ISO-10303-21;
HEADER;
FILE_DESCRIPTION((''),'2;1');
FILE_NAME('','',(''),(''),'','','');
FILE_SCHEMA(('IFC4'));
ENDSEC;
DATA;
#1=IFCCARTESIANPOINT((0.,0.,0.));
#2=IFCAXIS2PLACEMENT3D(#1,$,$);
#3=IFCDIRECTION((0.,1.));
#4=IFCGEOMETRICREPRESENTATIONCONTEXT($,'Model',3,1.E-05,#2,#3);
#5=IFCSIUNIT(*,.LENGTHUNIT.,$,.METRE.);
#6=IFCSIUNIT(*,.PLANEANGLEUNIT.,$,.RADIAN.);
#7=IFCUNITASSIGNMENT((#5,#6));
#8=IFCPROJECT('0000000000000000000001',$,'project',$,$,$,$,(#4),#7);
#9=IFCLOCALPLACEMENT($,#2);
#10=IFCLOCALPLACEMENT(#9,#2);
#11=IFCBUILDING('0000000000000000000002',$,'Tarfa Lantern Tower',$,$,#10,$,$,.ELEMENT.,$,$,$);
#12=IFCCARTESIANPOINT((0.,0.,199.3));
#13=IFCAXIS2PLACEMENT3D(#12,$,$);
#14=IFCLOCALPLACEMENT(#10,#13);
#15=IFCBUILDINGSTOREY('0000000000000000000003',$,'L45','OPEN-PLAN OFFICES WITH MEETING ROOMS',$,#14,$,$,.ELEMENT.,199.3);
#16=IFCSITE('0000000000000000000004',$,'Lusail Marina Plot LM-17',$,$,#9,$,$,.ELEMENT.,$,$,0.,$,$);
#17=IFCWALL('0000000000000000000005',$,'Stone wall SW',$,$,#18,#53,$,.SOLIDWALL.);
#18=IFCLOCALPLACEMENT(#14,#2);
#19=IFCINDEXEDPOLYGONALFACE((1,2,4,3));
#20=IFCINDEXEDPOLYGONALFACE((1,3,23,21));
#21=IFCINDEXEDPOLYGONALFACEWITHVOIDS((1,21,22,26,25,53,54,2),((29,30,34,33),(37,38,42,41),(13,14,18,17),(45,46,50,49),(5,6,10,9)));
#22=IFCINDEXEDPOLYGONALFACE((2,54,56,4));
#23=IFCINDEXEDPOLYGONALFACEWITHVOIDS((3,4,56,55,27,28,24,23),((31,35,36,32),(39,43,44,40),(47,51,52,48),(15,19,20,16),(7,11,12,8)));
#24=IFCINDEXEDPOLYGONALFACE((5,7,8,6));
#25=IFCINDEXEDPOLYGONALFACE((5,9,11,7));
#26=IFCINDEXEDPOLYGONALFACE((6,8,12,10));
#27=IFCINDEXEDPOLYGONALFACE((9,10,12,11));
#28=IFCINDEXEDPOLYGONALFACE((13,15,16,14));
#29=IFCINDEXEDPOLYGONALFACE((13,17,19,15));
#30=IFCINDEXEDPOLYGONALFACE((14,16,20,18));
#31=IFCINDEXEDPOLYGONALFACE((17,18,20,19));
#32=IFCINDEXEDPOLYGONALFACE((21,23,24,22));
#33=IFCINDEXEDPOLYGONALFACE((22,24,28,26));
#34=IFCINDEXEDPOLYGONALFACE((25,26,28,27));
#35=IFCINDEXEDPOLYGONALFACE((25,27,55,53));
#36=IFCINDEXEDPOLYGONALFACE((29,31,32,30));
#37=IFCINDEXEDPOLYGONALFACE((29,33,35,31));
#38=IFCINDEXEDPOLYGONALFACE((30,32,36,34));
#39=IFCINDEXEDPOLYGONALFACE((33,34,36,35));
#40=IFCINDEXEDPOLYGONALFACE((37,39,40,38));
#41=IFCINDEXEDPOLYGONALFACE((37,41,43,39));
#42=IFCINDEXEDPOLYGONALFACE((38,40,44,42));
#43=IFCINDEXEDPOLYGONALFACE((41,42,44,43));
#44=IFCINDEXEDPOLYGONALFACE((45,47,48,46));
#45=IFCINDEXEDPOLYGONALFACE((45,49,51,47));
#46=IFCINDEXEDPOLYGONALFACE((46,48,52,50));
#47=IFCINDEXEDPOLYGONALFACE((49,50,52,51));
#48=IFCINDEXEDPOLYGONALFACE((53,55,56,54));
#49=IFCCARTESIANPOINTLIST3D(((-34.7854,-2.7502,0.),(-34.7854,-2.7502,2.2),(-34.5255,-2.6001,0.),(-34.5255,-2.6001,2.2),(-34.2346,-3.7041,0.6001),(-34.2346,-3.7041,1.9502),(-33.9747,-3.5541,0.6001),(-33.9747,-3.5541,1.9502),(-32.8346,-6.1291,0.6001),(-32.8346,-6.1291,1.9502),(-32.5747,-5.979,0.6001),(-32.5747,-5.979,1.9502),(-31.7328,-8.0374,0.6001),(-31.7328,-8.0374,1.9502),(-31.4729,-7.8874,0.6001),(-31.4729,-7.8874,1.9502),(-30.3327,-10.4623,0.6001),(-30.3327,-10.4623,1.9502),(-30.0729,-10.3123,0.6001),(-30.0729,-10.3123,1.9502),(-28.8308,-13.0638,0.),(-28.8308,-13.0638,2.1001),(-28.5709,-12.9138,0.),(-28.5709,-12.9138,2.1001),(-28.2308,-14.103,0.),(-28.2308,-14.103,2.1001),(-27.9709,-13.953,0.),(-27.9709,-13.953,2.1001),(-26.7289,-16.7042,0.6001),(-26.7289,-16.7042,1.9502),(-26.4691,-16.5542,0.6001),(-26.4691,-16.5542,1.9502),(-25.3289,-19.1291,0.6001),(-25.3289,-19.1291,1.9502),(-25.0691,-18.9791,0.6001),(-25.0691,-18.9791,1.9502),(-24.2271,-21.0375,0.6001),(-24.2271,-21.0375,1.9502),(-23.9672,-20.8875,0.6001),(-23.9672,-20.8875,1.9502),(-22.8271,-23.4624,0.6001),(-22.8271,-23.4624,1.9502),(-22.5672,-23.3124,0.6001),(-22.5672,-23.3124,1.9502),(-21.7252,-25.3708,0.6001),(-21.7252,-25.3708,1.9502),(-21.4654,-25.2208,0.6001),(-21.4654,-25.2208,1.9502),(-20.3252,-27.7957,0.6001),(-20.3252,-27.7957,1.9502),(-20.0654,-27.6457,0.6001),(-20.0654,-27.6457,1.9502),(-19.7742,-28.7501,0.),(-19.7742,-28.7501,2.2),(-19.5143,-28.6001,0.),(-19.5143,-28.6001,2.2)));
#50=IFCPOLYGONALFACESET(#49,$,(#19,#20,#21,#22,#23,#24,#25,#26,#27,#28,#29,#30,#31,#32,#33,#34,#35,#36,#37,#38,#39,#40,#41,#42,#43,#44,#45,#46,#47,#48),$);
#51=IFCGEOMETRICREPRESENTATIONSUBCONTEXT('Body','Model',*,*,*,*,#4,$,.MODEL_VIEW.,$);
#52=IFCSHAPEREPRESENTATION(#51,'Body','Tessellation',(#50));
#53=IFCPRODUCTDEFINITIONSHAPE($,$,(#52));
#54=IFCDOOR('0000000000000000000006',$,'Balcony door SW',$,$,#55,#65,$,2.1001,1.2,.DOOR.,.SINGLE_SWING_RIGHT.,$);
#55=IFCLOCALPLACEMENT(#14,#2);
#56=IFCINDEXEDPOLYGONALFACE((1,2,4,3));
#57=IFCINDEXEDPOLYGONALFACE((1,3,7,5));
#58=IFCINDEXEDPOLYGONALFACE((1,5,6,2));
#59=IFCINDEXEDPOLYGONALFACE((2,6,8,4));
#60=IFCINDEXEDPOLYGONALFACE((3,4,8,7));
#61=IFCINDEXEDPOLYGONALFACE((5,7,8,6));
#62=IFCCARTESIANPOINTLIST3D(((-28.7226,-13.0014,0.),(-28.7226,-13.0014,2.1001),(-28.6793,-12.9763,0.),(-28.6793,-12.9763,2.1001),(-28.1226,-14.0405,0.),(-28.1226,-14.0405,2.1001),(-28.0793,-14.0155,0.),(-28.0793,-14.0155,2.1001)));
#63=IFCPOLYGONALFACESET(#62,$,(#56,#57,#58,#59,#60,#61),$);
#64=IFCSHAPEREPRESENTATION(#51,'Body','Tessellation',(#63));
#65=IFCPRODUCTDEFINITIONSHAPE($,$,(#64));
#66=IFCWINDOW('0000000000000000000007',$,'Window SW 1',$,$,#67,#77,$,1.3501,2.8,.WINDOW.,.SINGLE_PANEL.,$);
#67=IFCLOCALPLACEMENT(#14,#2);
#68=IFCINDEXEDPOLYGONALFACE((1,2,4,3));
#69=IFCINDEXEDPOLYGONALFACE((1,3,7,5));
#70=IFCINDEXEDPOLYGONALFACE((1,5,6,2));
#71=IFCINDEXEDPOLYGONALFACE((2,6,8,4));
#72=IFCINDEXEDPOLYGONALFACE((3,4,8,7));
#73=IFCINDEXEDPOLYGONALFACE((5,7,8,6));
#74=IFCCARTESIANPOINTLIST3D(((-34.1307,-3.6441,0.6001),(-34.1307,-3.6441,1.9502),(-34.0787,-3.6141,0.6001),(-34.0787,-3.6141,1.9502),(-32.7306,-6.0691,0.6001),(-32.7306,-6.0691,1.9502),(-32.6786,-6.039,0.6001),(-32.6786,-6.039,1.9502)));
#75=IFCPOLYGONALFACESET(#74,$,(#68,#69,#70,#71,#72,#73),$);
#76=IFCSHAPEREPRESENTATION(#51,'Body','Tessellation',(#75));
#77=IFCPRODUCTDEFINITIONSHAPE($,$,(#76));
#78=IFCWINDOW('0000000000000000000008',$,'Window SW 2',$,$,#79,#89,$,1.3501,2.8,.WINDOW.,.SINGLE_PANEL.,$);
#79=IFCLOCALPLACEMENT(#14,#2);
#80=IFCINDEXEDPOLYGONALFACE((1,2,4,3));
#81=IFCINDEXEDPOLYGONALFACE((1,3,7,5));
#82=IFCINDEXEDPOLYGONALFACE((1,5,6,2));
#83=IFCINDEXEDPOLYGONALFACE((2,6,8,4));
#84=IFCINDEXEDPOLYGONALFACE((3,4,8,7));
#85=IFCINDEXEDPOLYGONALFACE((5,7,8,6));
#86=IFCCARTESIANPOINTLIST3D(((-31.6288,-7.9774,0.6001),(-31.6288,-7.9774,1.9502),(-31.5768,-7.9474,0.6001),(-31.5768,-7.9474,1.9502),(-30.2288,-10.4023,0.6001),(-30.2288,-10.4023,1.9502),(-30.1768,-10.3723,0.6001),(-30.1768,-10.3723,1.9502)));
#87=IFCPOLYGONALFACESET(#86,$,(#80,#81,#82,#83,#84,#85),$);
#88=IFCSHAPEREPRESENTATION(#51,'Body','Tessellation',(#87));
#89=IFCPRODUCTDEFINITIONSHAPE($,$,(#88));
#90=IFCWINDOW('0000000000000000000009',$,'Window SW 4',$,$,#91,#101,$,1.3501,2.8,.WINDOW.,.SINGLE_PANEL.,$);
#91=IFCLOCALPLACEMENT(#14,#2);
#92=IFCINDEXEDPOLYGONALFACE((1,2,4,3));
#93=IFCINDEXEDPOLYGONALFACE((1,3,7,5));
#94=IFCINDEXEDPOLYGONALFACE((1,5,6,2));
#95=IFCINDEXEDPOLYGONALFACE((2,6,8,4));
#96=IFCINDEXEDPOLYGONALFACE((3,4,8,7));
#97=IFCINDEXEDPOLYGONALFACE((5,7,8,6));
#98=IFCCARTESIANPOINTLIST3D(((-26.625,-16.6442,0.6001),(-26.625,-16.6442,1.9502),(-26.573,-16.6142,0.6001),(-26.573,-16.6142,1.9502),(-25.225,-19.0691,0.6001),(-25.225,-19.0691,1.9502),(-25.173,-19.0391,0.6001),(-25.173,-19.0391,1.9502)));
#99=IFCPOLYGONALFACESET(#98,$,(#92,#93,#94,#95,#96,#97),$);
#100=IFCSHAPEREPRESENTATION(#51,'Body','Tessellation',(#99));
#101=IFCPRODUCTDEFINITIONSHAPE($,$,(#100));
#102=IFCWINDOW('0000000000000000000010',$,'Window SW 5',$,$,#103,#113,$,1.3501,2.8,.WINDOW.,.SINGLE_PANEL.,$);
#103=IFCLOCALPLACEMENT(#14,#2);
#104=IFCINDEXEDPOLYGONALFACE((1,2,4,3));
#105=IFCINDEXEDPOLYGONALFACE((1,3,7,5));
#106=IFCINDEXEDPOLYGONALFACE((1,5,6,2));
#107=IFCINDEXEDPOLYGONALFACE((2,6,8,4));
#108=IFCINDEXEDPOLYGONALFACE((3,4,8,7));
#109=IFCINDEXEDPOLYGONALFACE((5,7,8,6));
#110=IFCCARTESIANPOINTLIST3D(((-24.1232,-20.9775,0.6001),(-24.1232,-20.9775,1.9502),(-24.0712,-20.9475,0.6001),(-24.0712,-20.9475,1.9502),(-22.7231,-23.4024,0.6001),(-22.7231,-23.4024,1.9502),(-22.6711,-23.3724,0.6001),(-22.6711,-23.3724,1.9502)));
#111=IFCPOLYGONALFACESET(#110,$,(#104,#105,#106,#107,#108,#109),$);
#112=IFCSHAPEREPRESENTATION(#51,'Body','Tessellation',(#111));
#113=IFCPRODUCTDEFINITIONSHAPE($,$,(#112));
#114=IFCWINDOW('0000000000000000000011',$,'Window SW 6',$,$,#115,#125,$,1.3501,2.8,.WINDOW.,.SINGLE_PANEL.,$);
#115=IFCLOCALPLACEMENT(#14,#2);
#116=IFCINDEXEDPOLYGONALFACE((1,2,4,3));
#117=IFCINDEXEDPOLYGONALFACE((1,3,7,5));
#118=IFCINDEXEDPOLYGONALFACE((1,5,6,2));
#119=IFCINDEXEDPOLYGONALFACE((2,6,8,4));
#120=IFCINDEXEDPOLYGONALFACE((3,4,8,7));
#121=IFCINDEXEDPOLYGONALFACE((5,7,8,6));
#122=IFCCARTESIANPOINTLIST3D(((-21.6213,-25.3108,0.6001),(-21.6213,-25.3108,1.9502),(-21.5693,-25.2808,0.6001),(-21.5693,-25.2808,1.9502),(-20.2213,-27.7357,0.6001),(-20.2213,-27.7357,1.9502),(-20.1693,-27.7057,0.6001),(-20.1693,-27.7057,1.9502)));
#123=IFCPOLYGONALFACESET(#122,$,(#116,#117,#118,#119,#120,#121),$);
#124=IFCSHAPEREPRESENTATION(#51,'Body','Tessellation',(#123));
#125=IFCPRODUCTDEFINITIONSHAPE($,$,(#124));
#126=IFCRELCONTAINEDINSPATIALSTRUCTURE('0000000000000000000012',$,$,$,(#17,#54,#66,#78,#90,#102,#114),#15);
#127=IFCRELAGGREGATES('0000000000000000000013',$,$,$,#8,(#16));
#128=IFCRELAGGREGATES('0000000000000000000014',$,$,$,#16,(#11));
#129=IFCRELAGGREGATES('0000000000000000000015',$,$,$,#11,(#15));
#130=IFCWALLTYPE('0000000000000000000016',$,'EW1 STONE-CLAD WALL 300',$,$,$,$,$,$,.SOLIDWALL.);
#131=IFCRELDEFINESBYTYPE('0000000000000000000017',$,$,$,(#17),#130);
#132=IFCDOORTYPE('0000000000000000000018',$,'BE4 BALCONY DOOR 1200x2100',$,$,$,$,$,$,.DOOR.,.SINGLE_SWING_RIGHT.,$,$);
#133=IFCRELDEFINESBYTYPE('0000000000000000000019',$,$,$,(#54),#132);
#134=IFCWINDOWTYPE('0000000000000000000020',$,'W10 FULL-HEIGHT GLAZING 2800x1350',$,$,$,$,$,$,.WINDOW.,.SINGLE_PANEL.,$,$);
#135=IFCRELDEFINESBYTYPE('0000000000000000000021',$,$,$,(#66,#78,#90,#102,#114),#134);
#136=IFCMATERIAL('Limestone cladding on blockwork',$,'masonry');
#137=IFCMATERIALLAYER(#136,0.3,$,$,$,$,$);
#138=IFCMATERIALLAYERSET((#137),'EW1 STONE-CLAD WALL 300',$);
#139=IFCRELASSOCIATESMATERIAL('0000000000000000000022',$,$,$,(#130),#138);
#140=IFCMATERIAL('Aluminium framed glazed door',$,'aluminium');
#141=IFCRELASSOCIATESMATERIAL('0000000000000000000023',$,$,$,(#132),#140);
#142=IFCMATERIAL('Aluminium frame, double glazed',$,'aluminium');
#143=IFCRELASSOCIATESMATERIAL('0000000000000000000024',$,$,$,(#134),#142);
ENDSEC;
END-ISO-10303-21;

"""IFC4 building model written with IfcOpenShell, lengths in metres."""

from ifc_helpers import new_model, si_unit, direction, frame, frame_2d, origin, place, context, subcontext, project, spatial, rectangle, extrude, material, layer, layer_set, type_object, element, fill, save


model = new_model("IFC4")

# Units and contexts
model_context = context("Model", 3, precision=1e-05, world=origin(), true_north=direction((0.0, 1.0)))
body_context = subcontext(model_context, "Body", "Model", "MODEL_VIEW")
ifc_project = project(units=[si_unit("LENGTHUNIT", "METRE"), si_unit("PLANEANGLEUNIT", "RADIAN")], contexts=[model_context])

# Site, building, storey
site_placement = place(None, origin())
site = spatial("IfcSite", under=ifc_project, at=site_placement, Name="Lusail Marina Plot LM-17", CompositionType="ELEMENT", RefElevation=0.0)
building_placement = place(site_placement, origin())
building = spatial("IfcBuilding", under=site, at=building_placement, Name="Tarfa Lantern Tower", CompositionType="ELEMENT")
storey_placement = place(building_placement, frame((0.0, 0.0, 199.3)))
storey = spatial("IfcBuildingStorey", under=building, at=storey_placement, Name="L45", Description="OPEN-PLAN OFFICES WITH MEETING ROOMS", CompositionType="ELEMENT", Elevation=199.3)

# Wall, openings, door, windows
ifc_material_1 = material(Name="Limestone cladding on blockwork", Category="masonry")
ifc_layer = layer(ifc_material_1, 0.3)
ifc_layer_set = layer_set([ifc_layer], Name="EW1 STONE-CLAD WALL 300")
wall_type = type_object("IfcWallType", Name="EW1 STONE-CLAD WALL 300", PredefinedType="SOLIDWALL", material=ifc_layer_set)
wall_placement = place(storey_placement, frame((-34.6555, -2.675, 0.0), z_axis=(0.0, 0.0, 1.0), x_axis=(0.500003, -0.866024, 0.0)))
wall = element("IfcWall", 1, at=wall_placement, inside=storey, type_object=wall_type, Name="Stone wall SW", PredefinedType="SOLIDWALL", context=body_context, shape_type="SweptSolid", body=[
    extrude(rectangle(XDim=30.0222, YDim=0.3, at=frame_2d((15.0112, 0.0))), origin(), (0.0, 0.0, 1.0), 2.2),
])
opening_1_placement = place(wall_placement, frame((1.1018, 0.0, 0.6001)))
opening_1 = element("IfcOpeningElement", 2, at=opening_1_placement, cuts=wall, PredefinedType="OPENING", context=body_context, shape_type="SweptSolid", body=[
    extrude(rectangle(XDim=2.8, YDim=1.3501, at=frame_2d((1.3999, 0.675))), frame((0.0, 0.1599, 0.0), z_axis=(0.0, -1.0, 0.0), x_axis=(1.0, 0.0, 0.0)), (0.0, 0.0, 1.0), 0.3201),
])
opening_2_placement = place(wall_placement, frame((6.1055, 0.0, 0.6001)))
opening_2 = element("IfcOpeningElement", 3, at=opening_2_placement, cuts=wall, PredefinedType="OPENING", context=body_context, shape_type="SweptSolid", body=[
    extrude(rectangle(XDim=2.8, YDim=1.3501, at=frame_2d((1.3999, 0.675))), frame((0.0, 0.1599, 0.0), z_axis=(0.0, -1.0, 0.0), x_axis=(1.0, 0.0, 0.0)), (0.0, 0.0, 1.0), 0.3201),
])
opening_3_placement = place(wall_placement, frame((11.9092, 0.0, 0.0)))
opening_3 = element("IfcOpeningElement", 4, at=opening_3_placement, cuts=wall, PredefinedType="OPENING", context=body_context, shape_type="SweptSolid", body=[
    extrude(rectangle(XDim=1.2, YDim=2.1001, at=frame_2d((0.6001, 1.05))), frame((0.0, 0.1599, 0.0), z_axis=(0.0, -1.0, 0.0), x_axis=(1.0, 0.0, 0.0)), (0.0, 0.0, 1.0), 0.3201),
])
opening_4_placement = place(wall_placement, frame((16.113, 0.0, 0.6001)))
opening_4 = element("IfcOpeningElement", 5, at=opening_4_placement, cuts=wall, PredefinedType="OPENING", context=body_context, shape_type="SweptSolid", body=[
    extrude(rectangle(XDim=2.8, YDim=1.3501, at=frame_2d((1.3999, 0.675))), frame((0.0, 0.1599, 0.0), z_axis=(0.0, -1.0, 0.0), x_axis=(1.0, 0.0, 0.0)), (0.0, 0.0, 1.0), 0.3201),
])
opening_5_placement = place(wall_placement, frame((21.1167, 0.0, 0.6001)))
opening_5 = element("IfcOpeningElement", 6, at=opening_5_placement, cuts=wall, PredefinedType="OPENING", context=body_context, shape_type="SweptSolid", body=[
    extrude(rectangle(XDim=2.8, YDim=1.3501, at=frame_2d((1.3999, 0.675))), frame((0.0, 0.1599, 0.0), z_axis=(0.0, -1.0, 0.0), x_axis=(1.0, 0.0, 0.0)), (0.0, 0.0, 1.0), 0.3201),
])
opening_6_placement = place(wall_placement, frame((26.1204, 0.0, 0.6001)))
opening_6 = element("IfcOpeningElement", 7, at=opening_6_placement, cuts=wall, PredefinedType="OPENING", context=body_context, shape_type="SweptSolid", body=[
    extrude(rectangle(XDim=2.8, YDim=1.3501, at=frame_2d((1.3999, 0.675))), frame((0.0, 0.1599, 0.0), z_axis=(0.0, -1.0, 0.0), x_axis=(1.0, 0.0, 0.0)), (0.0, 0.0, 1.0), 0.3201),
])
ifc_material_2 = material(Name="Aluminium framed glazed door", Category="aluminium")
door_type = type_object("IfcDoorType", Name="BE4 BALCONY DOOR 1200x2100", OperationType="SINGLE_SWING_RIGHT", PredefinedType="DOOR", material=ifc_material_2)
door_placement = place(opening_3_placement, origin())
door = element("IfcDoor", 8, at=door_placement, inside=storey, type_object=door_type, Name="Balcony door SW", OperationType="SINGLE_SWING_RIGHT", OverallHeight=2.1001, OverallWidth=1.2, PredefinedType="DOOR", context=body_context, shape_type="SweptSolid", body=[
    extrude(rectangle(XDim=1.2, YDim=2.1001, at=frame_2d((0.6001, 1.05))), frame((0.0, 0.0249, 0.0), z_axis=(0.0, -1.0, 0.0), x_axis=(1.0, 0.0, 0.0)), (0.0, 0.0, 1.0), 0.05),
])
fill(opening_3, door)
ifc_material_3 = material(Name="Aluminium frame, double glazed", Category="aluminium")
window_type = type_object("IfcWindowType", Name="W10 FULL-HEIGHT GLAZING 2800x1350", PartitioningType="SINGLE_PANEL", PredefinedType="WINDOW", material=ifc_material_3)
window_1_placement = place(opening_1_placement, origin())
window_1 = element("IfcWindow", 9, at=window_1_placement, inside=storey, type_object=window_type, Name="Window SW 1", OverallHeight=1.3501, OverallWidth=2.8, PartitioningType="SINGLE_PANEL", PredefinedType="WINDOW", context=body_context, shape_type="SweptSolid", body=[
    extrude(rectangle(XDim=2.8, YDim=1.3501, at=frame_2d((1.3999, 0.675))), frame((0.0, 0.03, 0.0), z_axis=(0.0, -1.0, 0.0), x_axis=(1.0, 0.0, 0.0)), (0.0, 0.0, 1.0), 0.0601),
])
fill(opening_1, window_1)
window_2_placement = place(opening_2_placement, origin())
window_2 = element("IfcWindow", 10, at=window_2_placement, inside=storey, type_object=window_type, Name="Window SW 2", OverallHeight=1.3501, OverallWidth=2.8, PartitioningType="SINGLE_PANEL", PredefinedType="WINDOW", context=body_context, shape_type="SweptSolid", body=[
    extrude(rectangle(XDim=2.8, YDim=1.3501, at=frame_2d((1.3999, 0.675))), frame((0.0, 0.03, 0.0), z_axis=(0.0, -1.0, 0.0), x_axis=(1.0, 0.0, 0.0)), (0.0, 0.0, 1.0), 0.0601),
])
fill(opening_2, window_2)
window_3_placement = place(opening_4_placement, origin())
window_3 = element("IfcWindow", 11, at=window_3_placement, inside=storey, type_object=window_type, Name="Window SW 4", OverallHeight=1.3501, OverallWidth=2.8, PartitioningType="SINGLE_PANEL", PredefinedType="WINDOW", context=body_context, shape_type="SweptSolid", body=[
    extrude(rectangle(XDim=2.8, YDim=1.3501, at=frame_2d((1.3999, 0.675))), frame((0.0, 0.03, 0.0), z_axis=(0.0, -1.0, 0.0), x_axis=(1.0, 0.0, 0.0)), (0.0, 0.0, 1.0), 0.0601),
])
fill(opening_4, window_3)
window_4_placement = place(opening_5_placement, origin())
window_4 = element("IfcWindow", 12, at=window_4_placement, inside=storey, type_object=window_type, Name="Window SW 5", OverallHeight=1.3501, OverallWidth=2.8, PartitioningType="SINGLE_PANEL", PredefinedType="WINDOW", context=body_context, shape_type="SweptSolid", body=[
    extrude(rectangle(XDim=2.8, YDim=1.3501, at=frame_2d((1.3999, 0.675))), frame((0.0, 0.03, 0.0), z_axis=(0.0, -1.0, 0.0), x_axis=(1.0, 0.0, 0.0)), (0.0, 0.0, 1.0), 0.0601),
])
fill(opening_5, window_4)
window_5_placement = place(opening_6_placement, origin())
window_5 = element("IfcWindow", 13, at=window_5_placement, inside=storey, type_object=window_type, Name="Window SW 6", OverallHeight=1.3501, OverallWidth=2.8, PartitioningType="SINGLE_PANEL", PredefinedType="WINDOW", context=body_context, shape_type="SweptSolid", body=[
    extrude(rectangle(XDim=2.8, YDim=1.3501, at=frame_2d((1.3999, 0.675))), frame((0.0, 0.03, 0.0), z_axis=(0.0, -1.0, 0.0), x_axis=(1.0, 0.0, 0.0)), (0.0, 0.0, 1.0), 0.0601),
])
fill(opening_6, window_5)

save(model, "model.ifc")
